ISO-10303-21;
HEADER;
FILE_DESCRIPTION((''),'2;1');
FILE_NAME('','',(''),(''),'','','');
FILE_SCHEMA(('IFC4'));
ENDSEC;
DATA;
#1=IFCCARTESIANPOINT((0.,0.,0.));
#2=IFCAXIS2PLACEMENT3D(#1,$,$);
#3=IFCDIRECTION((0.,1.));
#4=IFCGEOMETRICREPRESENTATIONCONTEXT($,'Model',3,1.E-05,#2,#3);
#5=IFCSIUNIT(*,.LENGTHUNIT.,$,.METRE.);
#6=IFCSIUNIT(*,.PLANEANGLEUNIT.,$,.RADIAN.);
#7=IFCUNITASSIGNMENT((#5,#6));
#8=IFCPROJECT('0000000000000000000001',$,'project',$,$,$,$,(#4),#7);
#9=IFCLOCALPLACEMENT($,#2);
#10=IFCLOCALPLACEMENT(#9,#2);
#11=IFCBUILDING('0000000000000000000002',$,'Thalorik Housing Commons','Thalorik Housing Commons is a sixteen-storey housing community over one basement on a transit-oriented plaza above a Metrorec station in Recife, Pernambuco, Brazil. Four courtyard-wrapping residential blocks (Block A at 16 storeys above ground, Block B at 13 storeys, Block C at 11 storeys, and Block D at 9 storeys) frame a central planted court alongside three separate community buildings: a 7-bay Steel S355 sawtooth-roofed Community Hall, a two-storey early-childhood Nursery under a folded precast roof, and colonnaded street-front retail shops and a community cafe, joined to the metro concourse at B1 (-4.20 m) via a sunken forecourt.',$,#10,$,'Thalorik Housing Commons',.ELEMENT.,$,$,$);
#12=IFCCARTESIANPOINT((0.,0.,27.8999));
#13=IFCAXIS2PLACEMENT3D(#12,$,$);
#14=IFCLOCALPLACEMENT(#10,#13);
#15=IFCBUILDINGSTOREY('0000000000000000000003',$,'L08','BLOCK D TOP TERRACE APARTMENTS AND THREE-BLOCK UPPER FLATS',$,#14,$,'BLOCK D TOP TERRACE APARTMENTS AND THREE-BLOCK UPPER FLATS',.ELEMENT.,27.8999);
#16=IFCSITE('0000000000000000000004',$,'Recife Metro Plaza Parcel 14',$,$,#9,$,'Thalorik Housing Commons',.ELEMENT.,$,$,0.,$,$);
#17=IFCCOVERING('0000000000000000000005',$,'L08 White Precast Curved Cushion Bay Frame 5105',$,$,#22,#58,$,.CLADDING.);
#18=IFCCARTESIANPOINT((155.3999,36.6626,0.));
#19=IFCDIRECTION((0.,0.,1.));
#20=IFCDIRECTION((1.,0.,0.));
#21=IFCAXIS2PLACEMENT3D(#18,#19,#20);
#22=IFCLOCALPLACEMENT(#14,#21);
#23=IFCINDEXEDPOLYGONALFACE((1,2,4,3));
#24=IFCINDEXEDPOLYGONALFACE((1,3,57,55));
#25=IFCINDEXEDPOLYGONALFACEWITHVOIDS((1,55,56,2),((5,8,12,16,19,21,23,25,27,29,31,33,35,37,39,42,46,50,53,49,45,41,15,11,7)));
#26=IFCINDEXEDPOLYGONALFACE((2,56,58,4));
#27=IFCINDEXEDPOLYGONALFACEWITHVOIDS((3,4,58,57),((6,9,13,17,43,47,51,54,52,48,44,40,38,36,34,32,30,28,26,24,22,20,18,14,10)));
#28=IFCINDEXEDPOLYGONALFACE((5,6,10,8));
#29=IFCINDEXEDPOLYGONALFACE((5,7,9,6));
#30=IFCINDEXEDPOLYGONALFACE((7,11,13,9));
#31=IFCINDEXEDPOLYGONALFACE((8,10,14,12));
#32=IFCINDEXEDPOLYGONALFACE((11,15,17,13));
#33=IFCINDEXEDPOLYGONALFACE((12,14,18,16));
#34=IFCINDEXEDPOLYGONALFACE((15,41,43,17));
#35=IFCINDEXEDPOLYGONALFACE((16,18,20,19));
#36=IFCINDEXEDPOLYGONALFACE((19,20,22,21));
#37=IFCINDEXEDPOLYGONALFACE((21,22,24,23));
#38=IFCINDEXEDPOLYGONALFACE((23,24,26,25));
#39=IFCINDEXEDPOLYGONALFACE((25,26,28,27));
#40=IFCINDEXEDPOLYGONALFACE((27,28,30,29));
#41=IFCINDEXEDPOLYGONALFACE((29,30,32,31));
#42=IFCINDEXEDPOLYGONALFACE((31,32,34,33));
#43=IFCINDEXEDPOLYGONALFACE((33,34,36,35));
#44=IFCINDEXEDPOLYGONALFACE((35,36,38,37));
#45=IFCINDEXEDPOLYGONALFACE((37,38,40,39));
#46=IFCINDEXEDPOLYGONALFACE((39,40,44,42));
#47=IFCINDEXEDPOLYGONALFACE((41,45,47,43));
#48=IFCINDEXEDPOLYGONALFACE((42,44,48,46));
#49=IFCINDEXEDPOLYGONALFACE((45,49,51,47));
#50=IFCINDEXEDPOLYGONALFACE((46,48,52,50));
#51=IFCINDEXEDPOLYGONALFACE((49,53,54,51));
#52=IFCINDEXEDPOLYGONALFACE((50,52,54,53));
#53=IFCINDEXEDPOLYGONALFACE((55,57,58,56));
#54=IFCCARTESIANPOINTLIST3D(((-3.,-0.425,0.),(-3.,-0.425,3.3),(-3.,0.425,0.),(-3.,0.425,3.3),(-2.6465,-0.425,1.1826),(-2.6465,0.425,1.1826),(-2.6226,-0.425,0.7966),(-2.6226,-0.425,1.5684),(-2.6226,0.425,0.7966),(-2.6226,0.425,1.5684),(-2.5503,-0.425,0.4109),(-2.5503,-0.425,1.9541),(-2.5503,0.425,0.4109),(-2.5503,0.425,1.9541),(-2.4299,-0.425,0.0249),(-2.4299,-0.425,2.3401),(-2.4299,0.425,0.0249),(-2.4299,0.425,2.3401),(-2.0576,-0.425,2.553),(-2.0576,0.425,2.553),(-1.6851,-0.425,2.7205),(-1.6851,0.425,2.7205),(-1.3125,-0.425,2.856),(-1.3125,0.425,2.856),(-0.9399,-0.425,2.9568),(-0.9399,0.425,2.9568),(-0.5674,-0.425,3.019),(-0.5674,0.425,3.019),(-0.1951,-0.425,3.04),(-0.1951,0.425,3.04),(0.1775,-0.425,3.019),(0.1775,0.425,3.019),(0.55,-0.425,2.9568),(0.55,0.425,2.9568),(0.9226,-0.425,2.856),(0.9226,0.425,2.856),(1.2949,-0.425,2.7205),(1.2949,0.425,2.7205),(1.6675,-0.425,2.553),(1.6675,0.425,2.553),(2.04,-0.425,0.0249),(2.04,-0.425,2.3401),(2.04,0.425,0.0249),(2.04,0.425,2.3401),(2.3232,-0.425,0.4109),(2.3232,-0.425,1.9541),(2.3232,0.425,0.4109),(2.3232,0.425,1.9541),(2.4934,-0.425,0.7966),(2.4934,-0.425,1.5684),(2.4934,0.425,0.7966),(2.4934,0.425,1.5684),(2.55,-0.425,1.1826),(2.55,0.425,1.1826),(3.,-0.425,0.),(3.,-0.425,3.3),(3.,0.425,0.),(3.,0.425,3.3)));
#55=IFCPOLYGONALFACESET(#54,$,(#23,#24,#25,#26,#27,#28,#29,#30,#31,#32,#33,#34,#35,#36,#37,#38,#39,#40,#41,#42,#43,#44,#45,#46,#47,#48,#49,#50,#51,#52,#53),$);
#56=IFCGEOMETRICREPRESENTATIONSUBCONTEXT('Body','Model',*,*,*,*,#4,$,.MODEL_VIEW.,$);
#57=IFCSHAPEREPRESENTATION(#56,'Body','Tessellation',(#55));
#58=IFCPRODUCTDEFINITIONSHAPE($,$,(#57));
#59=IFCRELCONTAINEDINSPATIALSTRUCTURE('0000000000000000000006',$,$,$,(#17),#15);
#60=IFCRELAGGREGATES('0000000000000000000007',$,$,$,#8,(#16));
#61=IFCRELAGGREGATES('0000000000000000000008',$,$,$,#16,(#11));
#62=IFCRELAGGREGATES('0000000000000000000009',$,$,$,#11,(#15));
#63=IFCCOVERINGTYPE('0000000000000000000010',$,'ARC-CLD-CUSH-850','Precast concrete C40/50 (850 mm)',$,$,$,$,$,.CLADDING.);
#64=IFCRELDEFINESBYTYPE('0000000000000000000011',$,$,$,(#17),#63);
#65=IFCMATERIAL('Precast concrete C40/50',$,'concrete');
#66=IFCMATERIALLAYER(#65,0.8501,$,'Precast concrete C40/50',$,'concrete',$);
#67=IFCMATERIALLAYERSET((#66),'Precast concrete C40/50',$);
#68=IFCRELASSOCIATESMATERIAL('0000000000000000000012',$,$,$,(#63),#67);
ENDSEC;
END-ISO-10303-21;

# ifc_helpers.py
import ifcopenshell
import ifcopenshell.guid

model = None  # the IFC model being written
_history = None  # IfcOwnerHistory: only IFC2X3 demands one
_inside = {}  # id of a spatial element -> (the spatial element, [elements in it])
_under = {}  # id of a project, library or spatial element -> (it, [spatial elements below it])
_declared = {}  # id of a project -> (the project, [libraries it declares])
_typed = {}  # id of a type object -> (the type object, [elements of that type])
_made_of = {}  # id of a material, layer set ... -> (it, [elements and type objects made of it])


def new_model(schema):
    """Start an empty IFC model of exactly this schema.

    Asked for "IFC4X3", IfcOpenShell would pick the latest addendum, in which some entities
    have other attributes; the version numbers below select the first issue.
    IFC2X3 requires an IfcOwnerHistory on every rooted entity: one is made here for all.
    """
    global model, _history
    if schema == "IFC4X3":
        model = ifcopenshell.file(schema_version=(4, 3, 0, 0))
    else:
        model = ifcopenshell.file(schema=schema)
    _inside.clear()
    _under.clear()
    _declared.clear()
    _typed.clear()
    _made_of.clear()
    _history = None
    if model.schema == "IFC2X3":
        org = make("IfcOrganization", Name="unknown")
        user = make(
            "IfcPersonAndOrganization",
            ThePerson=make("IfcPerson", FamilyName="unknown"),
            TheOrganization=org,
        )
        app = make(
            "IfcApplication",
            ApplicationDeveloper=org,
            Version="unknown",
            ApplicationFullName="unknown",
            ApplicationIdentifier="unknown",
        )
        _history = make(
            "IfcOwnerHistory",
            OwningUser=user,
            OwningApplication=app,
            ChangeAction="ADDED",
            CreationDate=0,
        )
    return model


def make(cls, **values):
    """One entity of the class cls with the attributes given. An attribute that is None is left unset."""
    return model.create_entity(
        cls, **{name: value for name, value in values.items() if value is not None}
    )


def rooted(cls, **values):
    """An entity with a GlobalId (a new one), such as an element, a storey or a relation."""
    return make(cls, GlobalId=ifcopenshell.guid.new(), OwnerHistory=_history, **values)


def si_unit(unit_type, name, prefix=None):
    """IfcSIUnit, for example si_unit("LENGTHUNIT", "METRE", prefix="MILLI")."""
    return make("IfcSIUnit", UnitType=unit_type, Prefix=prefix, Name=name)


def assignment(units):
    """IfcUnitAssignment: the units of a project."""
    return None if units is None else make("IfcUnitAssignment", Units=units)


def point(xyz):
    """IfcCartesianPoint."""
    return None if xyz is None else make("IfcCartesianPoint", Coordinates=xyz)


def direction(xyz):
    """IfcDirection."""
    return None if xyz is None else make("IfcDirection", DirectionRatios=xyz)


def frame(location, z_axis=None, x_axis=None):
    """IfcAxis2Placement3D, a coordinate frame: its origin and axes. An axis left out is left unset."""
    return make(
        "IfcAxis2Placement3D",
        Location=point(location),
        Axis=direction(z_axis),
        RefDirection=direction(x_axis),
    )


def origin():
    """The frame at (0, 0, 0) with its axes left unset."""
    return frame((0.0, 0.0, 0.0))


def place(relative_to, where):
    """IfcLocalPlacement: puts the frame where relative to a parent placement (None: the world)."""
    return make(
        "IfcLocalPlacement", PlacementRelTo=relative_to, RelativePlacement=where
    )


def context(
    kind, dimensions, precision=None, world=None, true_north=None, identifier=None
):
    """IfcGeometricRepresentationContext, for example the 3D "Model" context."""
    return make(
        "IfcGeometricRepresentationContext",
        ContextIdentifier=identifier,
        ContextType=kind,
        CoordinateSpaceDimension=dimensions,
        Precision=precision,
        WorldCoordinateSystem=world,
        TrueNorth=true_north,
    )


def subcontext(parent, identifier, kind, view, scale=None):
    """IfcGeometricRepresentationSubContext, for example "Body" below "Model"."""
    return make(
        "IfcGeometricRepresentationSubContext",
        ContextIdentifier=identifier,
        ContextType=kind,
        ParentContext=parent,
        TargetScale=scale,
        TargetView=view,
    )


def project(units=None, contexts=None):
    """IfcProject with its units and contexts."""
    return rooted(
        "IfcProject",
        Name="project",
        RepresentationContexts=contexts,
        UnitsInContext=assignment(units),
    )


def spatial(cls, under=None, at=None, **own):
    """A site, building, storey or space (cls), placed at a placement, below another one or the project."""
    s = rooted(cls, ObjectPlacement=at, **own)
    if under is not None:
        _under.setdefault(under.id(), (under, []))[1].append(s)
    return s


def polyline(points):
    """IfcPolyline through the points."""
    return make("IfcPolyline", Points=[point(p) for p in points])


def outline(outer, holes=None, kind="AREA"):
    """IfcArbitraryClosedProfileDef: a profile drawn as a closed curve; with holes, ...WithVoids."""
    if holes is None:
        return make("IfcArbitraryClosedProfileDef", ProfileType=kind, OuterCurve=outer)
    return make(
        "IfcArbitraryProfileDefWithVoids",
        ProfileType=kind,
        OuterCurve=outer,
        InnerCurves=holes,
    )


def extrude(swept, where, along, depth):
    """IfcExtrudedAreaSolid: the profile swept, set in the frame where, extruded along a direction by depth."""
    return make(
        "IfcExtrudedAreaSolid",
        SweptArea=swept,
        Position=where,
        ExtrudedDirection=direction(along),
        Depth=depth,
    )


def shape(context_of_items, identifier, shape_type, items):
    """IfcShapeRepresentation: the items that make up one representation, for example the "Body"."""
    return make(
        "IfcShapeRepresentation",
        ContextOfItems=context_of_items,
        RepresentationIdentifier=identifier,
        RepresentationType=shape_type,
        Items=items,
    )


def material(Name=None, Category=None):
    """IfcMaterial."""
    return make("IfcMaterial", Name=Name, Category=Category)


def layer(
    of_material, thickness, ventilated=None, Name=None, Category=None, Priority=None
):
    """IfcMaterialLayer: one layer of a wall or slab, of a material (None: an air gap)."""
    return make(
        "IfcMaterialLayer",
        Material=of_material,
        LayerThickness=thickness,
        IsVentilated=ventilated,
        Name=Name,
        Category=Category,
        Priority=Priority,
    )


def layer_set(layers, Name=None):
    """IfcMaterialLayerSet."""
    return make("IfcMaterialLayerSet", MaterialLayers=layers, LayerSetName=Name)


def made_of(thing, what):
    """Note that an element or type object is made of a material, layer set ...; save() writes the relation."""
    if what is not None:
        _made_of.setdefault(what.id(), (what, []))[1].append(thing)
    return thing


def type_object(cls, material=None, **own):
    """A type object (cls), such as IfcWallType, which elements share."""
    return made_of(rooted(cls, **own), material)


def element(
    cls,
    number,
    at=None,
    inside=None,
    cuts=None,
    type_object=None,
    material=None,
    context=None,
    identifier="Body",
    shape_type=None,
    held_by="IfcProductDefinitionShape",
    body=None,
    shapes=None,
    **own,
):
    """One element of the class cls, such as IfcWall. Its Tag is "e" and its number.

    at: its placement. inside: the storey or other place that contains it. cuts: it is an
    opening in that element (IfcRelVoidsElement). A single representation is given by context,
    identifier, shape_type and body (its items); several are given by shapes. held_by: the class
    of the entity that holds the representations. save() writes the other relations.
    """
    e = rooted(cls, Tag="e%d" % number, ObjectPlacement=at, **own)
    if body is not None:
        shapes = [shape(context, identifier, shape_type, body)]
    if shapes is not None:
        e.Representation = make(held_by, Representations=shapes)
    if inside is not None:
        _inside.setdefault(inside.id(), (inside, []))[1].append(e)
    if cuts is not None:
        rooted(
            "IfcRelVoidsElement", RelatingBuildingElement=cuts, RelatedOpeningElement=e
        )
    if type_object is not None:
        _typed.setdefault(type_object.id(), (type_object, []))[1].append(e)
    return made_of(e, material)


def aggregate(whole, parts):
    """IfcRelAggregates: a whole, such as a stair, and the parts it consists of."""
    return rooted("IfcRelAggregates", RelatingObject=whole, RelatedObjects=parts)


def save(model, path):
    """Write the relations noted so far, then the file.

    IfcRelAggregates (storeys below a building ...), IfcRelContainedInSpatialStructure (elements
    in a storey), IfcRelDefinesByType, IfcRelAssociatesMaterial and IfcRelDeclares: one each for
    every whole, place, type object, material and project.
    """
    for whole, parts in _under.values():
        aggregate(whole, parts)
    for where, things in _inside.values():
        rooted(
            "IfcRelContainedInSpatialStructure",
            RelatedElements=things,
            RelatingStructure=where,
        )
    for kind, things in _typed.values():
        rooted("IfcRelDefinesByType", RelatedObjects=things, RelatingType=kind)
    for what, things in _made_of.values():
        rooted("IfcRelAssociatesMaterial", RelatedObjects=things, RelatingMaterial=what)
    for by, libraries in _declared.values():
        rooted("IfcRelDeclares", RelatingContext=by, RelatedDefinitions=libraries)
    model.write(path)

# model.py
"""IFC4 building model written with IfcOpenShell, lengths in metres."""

from ifc_helpers import new_model, si_unit, direction, frame, origin, place, context, subcontext, project, spatial, polyline, outline, extrude, material, layer, layer_set, type_object, element, save


model = new_model("IFC4")

# Units and contexts
model_context = context("Model", 3, precision=1e-05, world=origin(), true_north=direction((0.0, 1.0)))
body_context = subcontext(model_context, "Body", "Model", "MODEL_VIEW")
ifc_project = project(units=[si_unit("LENGTHUNIT", "METRE"), si_unit("PLANEANGLEUNIT", "RADIAN")], contexts=[model_context])

# Site, building, storey
site_placement = place(None, origin())
site = spatial("IfcSite", under=ifc_project, at=site_placement, Name="Recife Metro Plaza Parcel 14", LongName="Thalorik Housing Commons", CompositionType="ELEMENT", RefElevation=0.0)
building_placement = place(site_placement, origin())
building = spatial("IfcBuilding", under=site, at=building_placement, Name="Thalorik Housing Commons", Description="Thalorik Housing Commons is a sixteen-storey housing community over one basement on a transit-oriented plaza above a Metrorec station in Recife, Pernambuco, Brazil. Four courtyard-wrapping residential blocks (Block A at 16 storeys above ground, Block B at 13 storeys, Block C at 11 storeys, and Block D at 9 storeys) frame a central planted court alongside three separate community buildings: a 7-bay Steel S355 sawtooth-roofed Community Hall, a two-storey early-childhood Nursery under a folded precast roof, and colonnaded street-front retail shops and a community cafe, joined to the metro concourse at B1 (-4.20 m) via a sunken forecourt.", LongName="Thalorik Housing Commons", CompositionType="ELEMENT")
storey_placement = place(building_placement, frame((0.0, 0.0, 27.8999)))
storey = spatial("IfcBuildingStorey", under=building, at=storey_placement, Name="L08", Description="BLOCK D TOP TERRACE APARTMENTS AND THREE-BLOCK UPPER FLATS", LongName="BLOCK D TOP TERRACE APARTMENTS AND THREE-BLOCK UPPER FLATS", CompositionType="ELEMENT", Elevation=27.8999)

# Shared definitions
ifc_material_1 = material(Name="Precast concrete C40/50", Category="concrete")

# Covering
ifc_layer_1 = layer(ifc_material_1, 0.8501, Name="Precast concrete C40/50", Category="concrete")
ifc_layer_set_1 = layer_set([ifc_layer_1], Name="Precast concrete C40/50")
covering_type_1 = type_object("IfcCoveringType", Name="ARC-CLD-CUSH-850", Description="Precast concrete C40/50 (850 mm)", PredefinedType="CLADDING", material=ifc_layer_set_1)
covering_1_placement = place(storey_placement, frame((155.3999, 36.6626, 0.0), z_axis=(0.0, 0.0, 1.0), x_axis=(1.0, 0.0, 0.0)))
element("IfcCovering", 1, at=covering_1_placement, inside=storey, type_object=covering_type_1, Name="L08 White Precast Curved Cushion Bay Frame 5105", PredefinedType="CLADDING", context=body_context, shape_type="SweptSolid", body=[
    extrude(outline(polyline([(-3.0, 0.0), (3.0, 0.0), (3.0, 3.3), (-3.0, 3.3), (-3.0, 0.0)]), holes=[polyline([(2.04, 0.0249), (2.3232, 0.4109), (2.4934, 0.7966), (2.55, 1.1826), (2.4934, 1.5684), (2.3232, 1.9541), (2.04, 2.3401), (1.6675, 2.553), (1.2949, 2.7205), (0.9226, 2.856), (0.55, 2.9568), (0.1775, 3.019), (-0.1951, 3.04), (-0.5674, 3.019), (-0.9399, 2.9568), (-1.3125, 2.856), (-1.6851, 2.7205), (-2.0576, 2.553), (-2.4299, 2.3401), (-2.5503, 1.9541), (-2.6226, 1.5684), (-2.6465, 1.1826), (-2.6226, 0.7966), (-2.5503, 0.4109), (-2.4299, 0.0249), (2.04, 0.0249)])]), frame((0.0, 0.425, 0.0), z_axis=(0.0, -1.0, 0.0), x_axis=(1.0, 0.0, 0.0)), (0.0, 0.0, 1.0), 0.8501),
])

save(model, "model.ifc")
